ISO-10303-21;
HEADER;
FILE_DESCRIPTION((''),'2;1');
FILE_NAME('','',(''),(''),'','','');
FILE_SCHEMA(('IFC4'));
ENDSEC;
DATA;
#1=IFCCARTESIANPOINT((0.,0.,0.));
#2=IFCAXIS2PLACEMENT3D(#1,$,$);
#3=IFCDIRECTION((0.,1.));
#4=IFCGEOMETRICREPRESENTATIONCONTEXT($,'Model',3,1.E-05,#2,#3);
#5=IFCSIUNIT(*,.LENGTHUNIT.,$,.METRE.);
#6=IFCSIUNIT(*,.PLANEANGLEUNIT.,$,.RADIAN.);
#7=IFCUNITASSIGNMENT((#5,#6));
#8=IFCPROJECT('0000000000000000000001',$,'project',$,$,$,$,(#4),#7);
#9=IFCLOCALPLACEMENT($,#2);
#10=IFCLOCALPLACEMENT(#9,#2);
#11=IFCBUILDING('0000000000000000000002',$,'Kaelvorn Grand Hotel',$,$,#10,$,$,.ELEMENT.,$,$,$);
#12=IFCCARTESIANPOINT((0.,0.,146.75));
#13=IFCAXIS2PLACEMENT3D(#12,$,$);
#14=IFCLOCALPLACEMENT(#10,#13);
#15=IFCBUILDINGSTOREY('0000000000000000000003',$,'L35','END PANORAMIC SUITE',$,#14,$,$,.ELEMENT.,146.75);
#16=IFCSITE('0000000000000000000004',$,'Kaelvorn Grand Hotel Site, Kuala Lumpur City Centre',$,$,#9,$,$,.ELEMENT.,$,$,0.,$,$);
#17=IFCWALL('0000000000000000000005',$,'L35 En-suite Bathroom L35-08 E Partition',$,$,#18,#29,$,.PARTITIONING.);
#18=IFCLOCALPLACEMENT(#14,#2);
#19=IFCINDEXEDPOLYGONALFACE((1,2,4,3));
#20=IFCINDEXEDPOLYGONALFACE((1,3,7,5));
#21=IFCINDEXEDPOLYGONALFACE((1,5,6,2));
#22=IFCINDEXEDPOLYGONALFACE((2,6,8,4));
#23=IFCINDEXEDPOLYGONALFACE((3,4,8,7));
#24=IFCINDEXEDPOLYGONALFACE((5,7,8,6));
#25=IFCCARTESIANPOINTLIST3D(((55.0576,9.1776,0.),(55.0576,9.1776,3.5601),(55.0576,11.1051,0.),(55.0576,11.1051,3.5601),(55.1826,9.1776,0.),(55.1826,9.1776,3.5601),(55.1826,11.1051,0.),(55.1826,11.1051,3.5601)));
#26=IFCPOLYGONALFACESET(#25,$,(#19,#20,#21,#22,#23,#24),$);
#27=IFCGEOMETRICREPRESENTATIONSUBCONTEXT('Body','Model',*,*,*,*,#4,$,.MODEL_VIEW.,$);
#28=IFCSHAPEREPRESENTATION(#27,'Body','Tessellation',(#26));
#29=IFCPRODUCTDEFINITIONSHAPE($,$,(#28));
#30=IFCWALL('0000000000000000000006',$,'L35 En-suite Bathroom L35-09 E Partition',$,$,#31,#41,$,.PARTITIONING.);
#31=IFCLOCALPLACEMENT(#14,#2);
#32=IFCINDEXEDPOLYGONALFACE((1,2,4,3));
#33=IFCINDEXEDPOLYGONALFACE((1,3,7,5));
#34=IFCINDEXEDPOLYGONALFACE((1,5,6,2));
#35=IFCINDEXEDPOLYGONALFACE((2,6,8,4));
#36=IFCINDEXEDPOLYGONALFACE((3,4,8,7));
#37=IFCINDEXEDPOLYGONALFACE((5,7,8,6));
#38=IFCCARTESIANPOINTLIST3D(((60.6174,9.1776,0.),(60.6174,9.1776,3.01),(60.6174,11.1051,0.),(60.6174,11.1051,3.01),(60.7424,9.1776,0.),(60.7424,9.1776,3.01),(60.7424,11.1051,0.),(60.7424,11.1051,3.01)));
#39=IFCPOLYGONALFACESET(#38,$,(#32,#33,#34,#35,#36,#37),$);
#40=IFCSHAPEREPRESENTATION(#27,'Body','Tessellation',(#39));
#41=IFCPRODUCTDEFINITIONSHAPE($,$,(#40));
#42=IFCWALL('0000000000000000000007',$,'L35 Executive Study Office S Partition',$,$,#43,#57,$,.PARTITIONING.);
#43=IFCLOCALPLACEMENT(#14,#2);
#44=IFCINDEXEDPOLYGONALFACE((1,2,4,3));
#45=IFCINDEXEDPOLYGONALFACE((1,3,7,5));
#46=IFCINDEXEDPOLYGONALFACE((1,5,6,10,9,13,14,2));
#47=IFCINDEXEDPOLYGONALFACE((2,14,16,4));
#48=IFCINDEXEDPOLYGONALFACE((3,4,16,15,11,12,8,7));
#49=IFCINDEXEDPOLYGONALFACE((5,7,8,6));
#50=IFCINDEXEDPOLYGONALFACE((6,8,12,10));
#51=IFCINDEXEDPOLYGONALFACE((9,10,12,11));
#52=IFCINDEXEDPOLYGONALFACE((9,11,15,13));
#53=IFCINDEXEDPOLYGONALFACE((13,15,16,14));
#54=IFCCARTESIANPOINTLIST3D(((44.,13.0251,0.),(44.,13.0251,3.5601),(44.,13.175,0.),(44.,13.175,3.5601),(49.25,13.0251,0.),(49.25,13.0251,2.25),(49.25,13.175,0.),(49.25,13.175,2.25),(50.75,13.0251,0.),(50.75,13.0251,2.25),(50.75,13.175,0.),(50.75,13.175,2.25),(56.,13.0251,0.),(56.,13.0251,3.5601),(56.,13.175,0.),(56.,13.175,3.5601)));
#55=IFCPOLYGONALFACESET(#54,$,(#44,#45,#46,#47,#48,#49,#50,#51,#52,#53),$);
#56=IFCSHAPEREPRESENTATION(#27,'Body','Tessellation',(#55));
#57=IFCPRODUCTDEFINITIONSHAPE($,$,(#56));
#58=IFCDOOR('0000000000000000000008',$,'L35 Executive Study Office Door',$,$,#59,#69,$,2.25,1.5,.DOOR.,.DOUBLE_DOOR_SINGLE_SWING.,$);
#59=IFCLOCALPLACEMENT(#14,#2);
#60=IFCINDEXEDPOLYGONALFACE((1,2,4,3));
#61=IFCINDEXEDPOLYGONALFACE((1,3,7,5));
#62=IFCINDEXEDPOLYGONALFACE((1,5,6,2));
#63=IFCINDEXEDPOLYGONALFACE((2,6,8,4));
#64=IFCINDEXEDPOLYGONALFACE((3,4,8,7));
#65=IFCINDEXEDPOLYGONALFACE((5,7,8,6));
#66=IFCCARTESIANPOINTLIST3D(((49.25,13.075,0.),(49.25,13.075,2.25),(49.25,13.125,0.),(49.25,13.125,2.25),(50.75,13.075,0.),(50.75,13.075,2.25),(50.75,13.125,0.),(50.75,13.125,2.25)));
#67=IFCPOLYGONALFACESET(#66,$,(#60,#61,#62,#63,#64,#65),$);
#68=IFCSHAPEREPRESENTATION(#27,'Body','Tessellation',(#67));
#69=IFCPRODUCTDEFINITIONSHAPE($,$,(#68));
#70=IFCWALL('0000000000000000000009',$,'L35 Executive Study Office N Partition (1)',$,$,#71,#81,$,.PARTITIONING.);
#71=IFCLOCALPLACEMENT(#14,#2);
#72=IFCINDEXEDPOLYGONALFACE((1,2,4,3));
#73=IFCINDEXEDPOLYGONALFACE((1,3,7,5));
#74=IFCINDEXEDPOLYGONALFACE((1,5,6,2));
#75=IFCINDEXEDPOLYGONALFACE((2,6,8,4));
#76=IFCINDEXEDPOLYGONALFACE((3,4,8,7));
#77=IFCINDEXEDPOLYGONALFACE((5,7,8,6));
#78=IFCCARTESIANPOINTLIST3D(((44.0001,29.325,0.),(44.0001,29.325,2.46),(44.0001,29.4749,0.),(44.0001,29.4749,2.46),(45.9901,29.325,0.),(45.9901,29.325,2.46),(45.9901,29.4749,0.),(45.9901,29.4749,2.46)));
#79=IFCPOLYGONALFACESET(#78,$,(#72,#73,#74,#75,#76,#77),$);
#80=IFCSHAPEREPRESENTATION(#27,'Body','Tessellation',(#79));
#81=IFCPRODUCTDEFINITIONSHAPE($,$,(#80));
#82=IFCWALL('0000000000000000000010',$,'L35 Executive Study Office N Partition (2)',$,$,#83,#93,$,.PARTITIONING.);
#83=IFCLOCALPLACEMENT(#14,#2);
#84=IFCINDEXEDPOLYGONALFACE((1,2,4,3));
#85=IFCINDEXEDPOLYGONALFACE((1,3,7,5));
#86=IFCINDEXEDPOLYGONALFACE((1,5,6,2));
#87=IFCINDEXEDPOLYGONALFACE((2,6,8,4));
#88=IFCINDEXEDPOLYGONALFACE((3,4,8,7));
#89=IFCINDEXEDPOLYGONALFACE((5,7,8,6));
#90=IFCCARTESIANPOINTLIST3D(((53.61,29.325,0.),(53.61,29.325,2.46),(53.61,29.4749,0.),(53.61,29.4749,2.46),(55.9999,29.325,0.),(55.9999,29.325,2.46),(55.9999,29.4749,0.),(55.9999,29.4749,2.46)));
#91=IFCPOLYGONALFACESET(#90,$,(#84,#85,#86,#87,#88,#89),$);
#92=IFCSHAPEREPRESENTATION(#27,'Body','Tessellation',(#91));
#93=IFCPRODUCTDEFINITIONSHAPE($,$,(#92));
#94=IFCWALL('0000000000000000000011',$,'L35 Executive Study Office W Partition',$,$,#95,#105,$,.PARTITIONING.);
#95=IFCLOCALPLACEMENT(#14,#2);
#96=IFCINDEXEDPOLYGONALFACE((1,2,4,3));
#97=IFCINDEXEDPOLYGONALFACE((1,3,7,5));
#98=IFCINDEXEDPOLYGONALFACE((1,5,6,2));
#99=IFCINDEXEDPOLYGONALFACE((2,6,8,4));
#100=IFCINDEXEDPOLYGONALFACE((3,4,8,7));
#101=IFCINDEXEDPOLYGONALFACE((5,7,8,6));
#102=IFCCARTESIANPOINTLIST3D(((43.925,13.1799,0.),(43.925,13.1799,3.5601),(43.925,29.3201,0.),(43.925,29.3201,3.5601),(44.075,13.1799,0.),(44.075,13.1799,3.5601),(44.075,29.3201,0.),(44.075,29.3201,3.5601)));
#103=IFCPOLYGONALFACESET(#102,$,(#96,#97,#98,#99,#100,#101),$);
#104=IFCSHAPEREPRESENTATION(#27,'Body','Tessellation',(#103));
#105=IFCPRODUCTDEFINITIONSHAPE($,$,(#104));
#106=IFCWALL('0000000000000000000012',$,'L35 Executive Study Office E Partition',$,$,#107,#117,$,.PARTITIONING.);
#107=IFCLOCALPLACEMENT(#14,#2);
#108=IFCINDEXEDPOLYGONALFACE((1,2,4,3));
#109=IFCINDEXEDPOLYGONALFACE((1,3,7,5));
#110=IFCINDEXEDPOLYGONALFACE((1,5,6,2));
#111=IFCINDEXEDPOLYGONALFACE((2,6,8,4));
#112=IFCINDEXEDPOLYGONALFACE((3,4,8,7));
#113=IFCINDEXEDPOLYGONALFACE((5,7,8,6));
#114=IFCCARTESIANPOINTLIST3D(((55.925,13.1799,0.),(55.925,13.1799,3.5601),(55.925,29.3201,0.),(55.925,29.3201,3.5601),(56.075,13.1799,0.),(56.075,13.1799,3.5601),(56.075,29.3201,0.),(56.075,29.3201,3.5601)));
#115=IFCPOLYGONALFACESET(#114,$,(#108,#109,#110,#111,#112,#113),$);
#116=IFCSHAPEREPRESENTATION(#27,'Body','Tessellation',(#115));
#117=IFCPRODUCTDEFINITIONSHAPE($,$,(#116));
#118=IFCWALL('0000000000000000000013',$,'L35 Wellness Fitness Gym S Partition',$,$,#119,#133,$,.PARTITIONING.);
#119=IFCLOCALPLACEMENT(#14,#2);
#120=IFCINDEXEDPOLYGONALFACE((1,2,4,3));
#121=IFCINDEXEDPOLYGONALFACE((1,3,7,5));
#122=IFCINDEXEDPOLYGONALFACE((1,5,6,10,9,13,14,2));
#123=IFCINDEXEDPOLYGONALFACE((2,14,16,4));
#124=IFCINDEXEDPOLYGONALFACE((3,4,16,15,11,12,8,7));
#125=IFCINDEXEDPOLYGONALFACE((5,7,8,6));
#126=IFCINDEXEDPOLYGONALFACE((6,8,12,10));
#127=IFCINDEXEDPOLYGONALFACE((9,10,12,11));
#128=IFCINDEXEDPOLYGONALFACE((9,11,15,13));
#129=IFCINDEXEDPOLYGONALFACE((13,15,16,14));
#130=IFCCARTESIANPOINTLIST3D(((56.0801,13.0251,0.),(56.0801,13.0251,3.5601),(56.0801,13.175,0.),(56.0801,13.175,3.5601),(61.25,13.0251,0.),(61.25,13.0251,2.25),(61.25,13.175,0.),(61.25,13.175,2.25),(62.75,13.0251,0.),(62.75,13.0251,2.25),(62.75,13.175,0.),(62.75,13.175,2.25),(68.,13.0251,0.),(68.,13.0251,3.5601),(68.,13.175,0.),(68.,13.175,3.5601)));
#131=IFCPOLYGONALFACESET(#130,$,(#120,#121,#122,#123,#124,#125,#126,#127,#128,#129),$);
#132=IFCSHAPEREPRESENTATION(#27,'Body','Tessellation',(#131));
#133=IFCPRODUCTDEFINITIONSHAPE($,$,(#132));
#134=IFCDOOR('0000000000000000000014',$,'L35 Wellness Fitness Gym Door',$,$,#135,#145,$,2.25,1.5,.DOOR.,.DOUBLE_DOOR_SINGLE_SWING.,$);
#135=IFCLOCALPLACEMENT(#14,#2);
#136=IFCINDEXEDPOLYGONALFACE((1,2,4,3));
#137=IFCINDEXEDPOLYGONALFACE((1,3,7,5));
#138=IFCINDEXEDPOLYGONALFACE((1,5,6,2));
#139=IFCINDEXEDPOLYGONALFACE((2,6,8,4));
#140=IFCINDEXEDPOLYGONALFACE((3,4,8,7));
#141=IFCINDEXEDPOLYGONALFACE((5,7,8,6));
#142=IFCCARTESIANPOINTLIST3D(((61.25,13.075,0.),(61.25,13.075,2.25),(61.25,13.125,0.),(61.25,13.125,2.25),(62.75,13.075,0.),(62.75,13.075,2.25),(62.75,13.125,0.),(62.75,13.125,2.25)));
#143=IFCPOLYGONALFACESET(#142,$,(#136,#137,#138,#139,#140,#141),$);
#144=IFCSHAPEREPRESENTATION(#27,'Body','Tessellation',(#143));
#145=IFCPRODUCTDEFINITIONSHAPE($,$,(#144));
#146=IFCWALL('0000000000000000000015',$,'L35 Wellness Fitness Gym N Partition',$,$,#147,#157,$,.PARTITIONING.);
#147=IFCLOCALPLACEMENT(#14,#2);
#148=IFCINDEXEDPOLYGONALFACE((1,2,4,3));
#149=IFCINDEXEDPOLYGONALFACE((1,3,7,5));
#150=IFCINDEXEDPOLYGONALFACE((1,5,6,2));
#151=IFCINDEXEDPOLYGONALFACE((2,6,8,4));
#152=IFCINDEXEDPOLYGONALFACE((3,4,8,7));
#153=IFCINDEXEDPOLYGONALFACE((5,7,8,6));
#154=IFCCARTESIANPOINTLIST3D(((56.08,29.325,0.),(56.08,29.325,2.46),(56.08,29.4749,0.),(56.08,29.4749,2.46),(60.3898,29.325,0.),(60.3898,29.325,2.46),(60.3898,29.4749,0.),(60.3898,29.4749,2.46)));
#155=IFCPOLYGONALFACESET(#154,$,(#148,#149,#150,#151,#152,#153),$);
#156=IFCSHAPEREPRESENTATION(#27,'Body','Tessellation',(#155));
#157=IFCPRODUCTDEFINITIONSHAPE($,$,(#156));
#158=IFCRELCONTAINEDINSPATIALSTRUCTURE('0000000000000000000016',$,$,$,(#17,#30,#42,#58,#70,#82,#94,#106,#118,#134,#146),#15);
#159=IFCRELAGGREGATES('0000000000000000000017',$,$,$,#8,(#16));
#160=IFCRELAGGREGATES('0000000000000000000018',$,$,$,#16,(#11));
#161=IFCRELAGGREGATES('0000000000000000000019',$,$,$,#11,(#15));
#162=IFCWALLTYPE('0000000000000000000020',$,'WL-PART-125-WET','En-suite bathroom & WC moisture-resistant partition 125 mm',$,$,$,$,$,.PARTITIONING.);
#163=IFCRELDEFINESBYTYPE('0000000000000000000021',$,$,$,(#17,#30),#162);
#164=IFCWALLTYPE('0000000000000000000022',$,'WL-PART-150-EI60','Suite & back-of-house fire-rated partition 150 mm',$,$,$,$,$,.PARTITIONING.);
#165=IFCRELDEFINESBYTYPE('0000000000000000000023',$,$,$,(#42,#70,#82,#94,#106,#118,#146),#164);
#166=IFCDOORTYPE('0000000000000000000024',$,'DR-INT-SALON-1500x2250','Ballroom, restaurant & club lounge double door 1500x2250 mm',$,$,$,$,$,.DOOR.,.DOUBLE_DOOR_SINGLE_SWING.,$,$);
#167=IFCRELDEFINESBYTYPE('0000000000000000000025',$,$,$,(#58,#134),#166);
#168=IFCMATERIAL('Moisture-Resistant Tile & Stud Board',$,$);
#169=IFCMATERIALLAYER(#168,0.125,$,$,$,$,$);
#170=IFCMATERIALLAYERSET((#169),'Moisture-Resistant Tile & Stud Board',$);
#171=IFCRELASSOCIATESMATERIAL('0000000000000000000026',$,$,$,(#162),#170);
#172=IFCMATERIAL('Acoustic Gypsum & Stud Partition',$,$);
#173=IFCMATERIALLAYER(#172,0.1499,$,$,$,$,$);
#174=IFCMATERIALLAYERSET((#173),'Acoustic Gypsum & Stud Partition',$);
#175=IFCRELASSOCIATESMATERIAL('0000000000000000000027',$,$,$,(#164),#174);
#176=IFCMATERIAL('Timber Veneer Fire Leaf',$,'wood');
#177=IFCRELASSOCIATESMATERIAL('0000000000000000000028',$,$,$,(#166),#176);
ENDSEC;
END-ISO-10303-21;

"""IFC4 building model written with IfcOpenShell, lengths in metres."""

from ifc_helpers import new_model, si_unit, direction, frame, frame_2d, origin, place, context, subcontext, project, spatial, rectangle, extrude, material, layer, layer_set, type_object, element, fill, save


model = new_model("IFC4")

# Units and contexts
model_context = context("Model", 3, precision=1e-05, world=origin(), true_north=direction((0.0, 1.0)))
body_context = subcontext(model_context, "Body", "Model", "MODEL_VIEW")
ifc_project = project(units=[si_unit("LENGTHUNIT", "METRE"), si_unit("PLANEANGLEUNIT", "RADIAN")], contexts=[model_context])

# Site, building, storey
site_placement = place(None, origin())
site = spatial("IfcSite", under=ifc_project, at=site_placement, Name="Kaelvorn Grand Hotel Site, Kuala Lumpur City Centre", CompositionType="ELEMENT", RefElevation=0.0)
building_placement = place(site_placement, origin())
building = spatial("IfcBuilding", under=site, at=building_placement, Name="Kaelvorn Grand Hotel", CompositionType="ELEMENT")
storey_placement = place(building_placement, frame((0.0, 0.0, 146.75)))
storey = spatial("IfcBuildingStorey", under=building, at=storey_placement, Name="L35", Description="END PANORAMIC SUITE", CompositionType="ELEMENT", Elevation=146.75)

# Walls
ifc_material_1 = material(Name="Moisture-Resistant Tile & Stud Board")
ifc_layer_1 = layer(ifc_material_1, 0.125)
ifc_layer_set_1 = layer_set([ifc_layer_1], Name="Moisture-Resistant Tile & Stud Board")
wall_type_1 = type_object("IfcWallType", Name="WL-PART-125-WET", Description="En-suite bathroom & WC moisture-resistant partition 125 mm", PredefinedType="PARTITIONING", material=ifc_layer_set_1)
wall_1_placement = place(storey_placement, frame((55.1201, 9.1775, 0.0), z_axis=(0.0, 0.0, 1.0), x_axis=(0.0, 1.0, 0.0)))
element("IfcWall", 1, at=wall_1_placement, inside=storey, type_object=wall_type_1, Name="L35 En-suite Bathroom L35-08 E Partition", PredefinedType="PARTITIONING", context=body_context, shape_type="SweptSolid", body=[
    extrude(rectangle(XDim=1.9275, YDim=0.125, at=frame_2d((0.9639, 0.0))), origin(), (0.0, 0.0, 1.0), 3.5601),
])
wall_2_placement = place(storey_placement, frame((60.6799, 9.1775, 0.0), z_axis=(0.0, 0.0, 1.0), x_axis=(0.0, 1.0, 0.0)))
element("IfcWall", 2, at=wall_2_placement, inside=storey, type_object=wall_type_1, Name="L35 En-suite Bathroom L35-09 E Partition", PredefinedType="PARTITIONING", context=body_context, shape_type="SweptSolid", body=[
    extrude(rectangle(XDim=1.9275, YDim=0.125, at=frame_2d((0.9639, 0.0))), origin(), (0.0, 0.0, 1.0), 3.01),
])

# Wall, opening, door
ifc_material_2 = material(Name="Acoustic Gypsum & Stud Partition")
ifc_layer_2 = layer(ifc_material_2, 0.1499)
ifc_layer_set_2 = layer_set([ifc_layer_2], Name="Acoustic Gypsum & Stud Partition")
wall_type_2 = type_object("IfcWallType", Name="WL-PART-150-EI60", Description="Suite & back-of-house fire-rated partition 150 mm", PredefinedType="PARTITIONING", material=ifc_layer_set_2)
wall_3_placement = place(storey_placement, frame((44.0, 13.1001, 0.0), z_axis=(0.0, 0.0, 1.0), x_axis=(1.0, 0.0, 0.0)))
wall_3 = element("IfcWall", 3, at=wall_3_placement, inside=storey, type_object=wall_type_2, Name="L35 Executive Study Office S Partition", PredefinedType="PARTITIONING", context=body_context, shape_type="SweptSolid", body=[
    extrude(rectangle(XDim=12.0, YDim=0.1499, at=frame_2d((6.0, 0.0))), origin(), (0.0, 0.0, 1.0), 3.5601),
])
opening_1_placement = place(wall_3_placement, frame((5.25, 0.0, 0.0)))
opening_1 = element("IfcOpeningElement", 4, at=opening_1_placement, cuts=wall_3, PredefinedType="OPENING", context=body_context, shape_type="SweptSolid", body=[
    extrude(rectangle(XDim=1.5, YDim=2.25, at=frame_2d((0.75, 1.125))), frame((0.0, 0.085, 0.0), z_axis=(0.0, -1.0, 0.0), x_axis=(1.0, 0.0, 0.0)), (0.0, 0.0, 1.0), 0.1699),
])
ifc_material_3 = material(Name="Timber Veneer Fire Leaf", Category="wood")
door_type_1 = type_object("IfcDoorType", Name="DR-INT-SALON-1500x2250", Description="Ballroom, restaurant & club lounge double door 1500x2250 mm", OperationType="DOUBLE_DOOR_SINGLE_SWING", PredefinedType="DOOR", material=ifc_material_3)
door_1_placement = place(opening_1_placement, origin())
door_1 = element("IfcDoor", 5, at=door_1_placement, inside=storey, type_object=door_type_1, Name="L35 Executive Study Office Door", OperationType="DOUBLE_DOOR_SINGLE_SWING", OverallHeight=2.25, OverallWidth=1.5, PredefinedType="DOOR", context=body_context, shape_type="SweptSolid", body=[
    extrude(rectangle(XDim=1.5, YDim=2.25, at=frame_2d((0.75, 1.125))), frame((0.0, 0.0249, 0.0), z_axis=(0.0, -1.0, 0.0), x_axis=(1.0, 0.0, 0.0)), (0.0, 0.0, 1.0), 0.05),
])
fill(opening_1, door_1)

# Walls
wall_4_placement = place(storey_placement, frame((44.0, 29.3999, 0.0), z_axis=(0.0, 0.0, 1.0), x_axis=(1.0, 0.0, 0.0)))
element("IfcWall", 6, at=wall_4_placement, inside=storey, type_object=wall_type_2, Name="L35 Executive Study Office N Partition (1)", PredefinedType="PARTITIONING", context=body_context, shape_type="SweptSolid", body=[
    extrude(rectangle(XDim=1.99, YDim=0.1499, at=frame_2d((0.9951, 0.0))), origin(), (0.0, 0.0, 1.0), 2.46),
])
wall_5_placement = place(storey_placement, frame((53.6101, 29.3999, 0.0), z_axis=(0.0, 0.0, 1.0), x_axis=(1.0, 0.0, 0.0)))
element("IfcWall", 7, at=wall_5_placement, inside=storey, type_object=wall_type_2, Name="L35 Executive Study Office N Partition (2)", PredefinedType="PARTITIONING", context=body_context, shape_type="SweptSolid", body=[
    extrude(rectangle(XDim=2.3899, YDim=0.1499, at=frame_2d((1.1948, 0.0))), origin(), (0.0, 0.0, 1.0), 2.46),
])
for number, where, z_axis, x_axis, name in (
    (8, (44.0, 13.1799, 0.0), (0.0, 0.0, 1.0), (0.0, 1.0, 0.0), "L35 Executive Study Office W Partition"),
    (9, (56.0, 13.1799, 0.0), (0.0, 0.0, 1.0), (0.0, 1.0, 0.0), "L35 Executive Study Office E Partition"),
):
    element("IfcWall", number, at=place(storey_placement, frame(where, z_axis=z_axis, x_axis=x_axis)), inside=storey, type_object=wall_type_2, Name=name, PredefinedType="PARTITIONING", context=body_context, shape_type="SweptSolid", body=[
        extrude(rectangle(XDim=16.1401, YDim=0.1499, at=frame_2d((8.0701, 0.0))), origin(), (0.0, 0.0, 1.0), 3.5601),
    ])

# Wall, opening, door
wall_6_placement = place(storey_placement, frame((56.0801, 13.1001, 0.0), z_axis=(0.0, 0.0, 1.0), x_axis=(1.0, 0.0, 0.0)))
wall_6 = element("IfcWall", 10, at=wall_6_placement, inside=storey, type_object=wall_type_2, Name="L35 Wellness Fitness Gym S Partition", PredefinedType="PARTITIONING", context=body_context, shape_type="SweptSolid", body=[
    extrude(rectangle(XDim=11.9199, YDim=0.1499, at=frame_2d((5.96, 0.0))), origin(), (0.0, 0.0, 1.0), 3.5601),
])
opening_2_placement = place(wall_6_placement, frame((5.1699, 0.0, 0.0)))
opening_2 = element("IfcOpeningElement", 11, at=opening_2_placement, cuts=wall_6, PredefinedType="OPENING", context=body_context, shape_type="SweptSolid", body=[
    extrude(rectangle(XDim=1.5, YDim=2.25, at=frame_2d((0.75, 1.125))), frame((0.0, 0.085, 0.0), z_axis=(0.0, -1.0, 0.0), x_axis=(1.0, 0.0, 0.0)), (0.0, 0.0, 1.0), 0.1699),
])
door_2_placement = place(opening_2_placement, origin())
door_2 = element("IfcDoor", 12, at=door_2_placement, inside=storey, type_object=door_type_1, Name="L35 Wellness Fitness Gym Door", OperationType="DOUBLE_DOOR_SINGLE_SWING", OverallHeight=2.25, OverallWidth=1.5, PredefinedType="DOOR", context=body_context, shape_type="SweptSolid", body=[
    extrude(rectangle(XDim=1.5, YDim=2.25, at=frame_2d((0.75, 1.125))), frame((0.0, 0.0249, 0.0), z_axis=(0.0, -1.0, 0.0), x_axis=(1.0, 0.0, 0.0)), (0.0, 0.0, 1.0), 0.05),
])
fill(opening_2, door_2)

# Wall
wall_7_placement = place(storey_placement, frame((56.0801, 29.3999, 0.0), z_axis=(0.0, 0.0, 1.0), x_axis=(1.0, 0.0, 0.0)))
element("IfcWall", 13, at=wall_7_placement, inside=storey, type_object=wall_type_2, Name="L35 Wellness Fitness Gym N Partition", PredefinedType="PARTITIONING", context=body_context, shape_type="SweptSolid", body=[
    extrude(rectangle(XDim=4.3098, YDim=0.1499, at=frame_2d((2.1548, 0.0))), origin(), (0.0, 0.0, 1.0), 2.46),
])

save(model, "model.ifc")
